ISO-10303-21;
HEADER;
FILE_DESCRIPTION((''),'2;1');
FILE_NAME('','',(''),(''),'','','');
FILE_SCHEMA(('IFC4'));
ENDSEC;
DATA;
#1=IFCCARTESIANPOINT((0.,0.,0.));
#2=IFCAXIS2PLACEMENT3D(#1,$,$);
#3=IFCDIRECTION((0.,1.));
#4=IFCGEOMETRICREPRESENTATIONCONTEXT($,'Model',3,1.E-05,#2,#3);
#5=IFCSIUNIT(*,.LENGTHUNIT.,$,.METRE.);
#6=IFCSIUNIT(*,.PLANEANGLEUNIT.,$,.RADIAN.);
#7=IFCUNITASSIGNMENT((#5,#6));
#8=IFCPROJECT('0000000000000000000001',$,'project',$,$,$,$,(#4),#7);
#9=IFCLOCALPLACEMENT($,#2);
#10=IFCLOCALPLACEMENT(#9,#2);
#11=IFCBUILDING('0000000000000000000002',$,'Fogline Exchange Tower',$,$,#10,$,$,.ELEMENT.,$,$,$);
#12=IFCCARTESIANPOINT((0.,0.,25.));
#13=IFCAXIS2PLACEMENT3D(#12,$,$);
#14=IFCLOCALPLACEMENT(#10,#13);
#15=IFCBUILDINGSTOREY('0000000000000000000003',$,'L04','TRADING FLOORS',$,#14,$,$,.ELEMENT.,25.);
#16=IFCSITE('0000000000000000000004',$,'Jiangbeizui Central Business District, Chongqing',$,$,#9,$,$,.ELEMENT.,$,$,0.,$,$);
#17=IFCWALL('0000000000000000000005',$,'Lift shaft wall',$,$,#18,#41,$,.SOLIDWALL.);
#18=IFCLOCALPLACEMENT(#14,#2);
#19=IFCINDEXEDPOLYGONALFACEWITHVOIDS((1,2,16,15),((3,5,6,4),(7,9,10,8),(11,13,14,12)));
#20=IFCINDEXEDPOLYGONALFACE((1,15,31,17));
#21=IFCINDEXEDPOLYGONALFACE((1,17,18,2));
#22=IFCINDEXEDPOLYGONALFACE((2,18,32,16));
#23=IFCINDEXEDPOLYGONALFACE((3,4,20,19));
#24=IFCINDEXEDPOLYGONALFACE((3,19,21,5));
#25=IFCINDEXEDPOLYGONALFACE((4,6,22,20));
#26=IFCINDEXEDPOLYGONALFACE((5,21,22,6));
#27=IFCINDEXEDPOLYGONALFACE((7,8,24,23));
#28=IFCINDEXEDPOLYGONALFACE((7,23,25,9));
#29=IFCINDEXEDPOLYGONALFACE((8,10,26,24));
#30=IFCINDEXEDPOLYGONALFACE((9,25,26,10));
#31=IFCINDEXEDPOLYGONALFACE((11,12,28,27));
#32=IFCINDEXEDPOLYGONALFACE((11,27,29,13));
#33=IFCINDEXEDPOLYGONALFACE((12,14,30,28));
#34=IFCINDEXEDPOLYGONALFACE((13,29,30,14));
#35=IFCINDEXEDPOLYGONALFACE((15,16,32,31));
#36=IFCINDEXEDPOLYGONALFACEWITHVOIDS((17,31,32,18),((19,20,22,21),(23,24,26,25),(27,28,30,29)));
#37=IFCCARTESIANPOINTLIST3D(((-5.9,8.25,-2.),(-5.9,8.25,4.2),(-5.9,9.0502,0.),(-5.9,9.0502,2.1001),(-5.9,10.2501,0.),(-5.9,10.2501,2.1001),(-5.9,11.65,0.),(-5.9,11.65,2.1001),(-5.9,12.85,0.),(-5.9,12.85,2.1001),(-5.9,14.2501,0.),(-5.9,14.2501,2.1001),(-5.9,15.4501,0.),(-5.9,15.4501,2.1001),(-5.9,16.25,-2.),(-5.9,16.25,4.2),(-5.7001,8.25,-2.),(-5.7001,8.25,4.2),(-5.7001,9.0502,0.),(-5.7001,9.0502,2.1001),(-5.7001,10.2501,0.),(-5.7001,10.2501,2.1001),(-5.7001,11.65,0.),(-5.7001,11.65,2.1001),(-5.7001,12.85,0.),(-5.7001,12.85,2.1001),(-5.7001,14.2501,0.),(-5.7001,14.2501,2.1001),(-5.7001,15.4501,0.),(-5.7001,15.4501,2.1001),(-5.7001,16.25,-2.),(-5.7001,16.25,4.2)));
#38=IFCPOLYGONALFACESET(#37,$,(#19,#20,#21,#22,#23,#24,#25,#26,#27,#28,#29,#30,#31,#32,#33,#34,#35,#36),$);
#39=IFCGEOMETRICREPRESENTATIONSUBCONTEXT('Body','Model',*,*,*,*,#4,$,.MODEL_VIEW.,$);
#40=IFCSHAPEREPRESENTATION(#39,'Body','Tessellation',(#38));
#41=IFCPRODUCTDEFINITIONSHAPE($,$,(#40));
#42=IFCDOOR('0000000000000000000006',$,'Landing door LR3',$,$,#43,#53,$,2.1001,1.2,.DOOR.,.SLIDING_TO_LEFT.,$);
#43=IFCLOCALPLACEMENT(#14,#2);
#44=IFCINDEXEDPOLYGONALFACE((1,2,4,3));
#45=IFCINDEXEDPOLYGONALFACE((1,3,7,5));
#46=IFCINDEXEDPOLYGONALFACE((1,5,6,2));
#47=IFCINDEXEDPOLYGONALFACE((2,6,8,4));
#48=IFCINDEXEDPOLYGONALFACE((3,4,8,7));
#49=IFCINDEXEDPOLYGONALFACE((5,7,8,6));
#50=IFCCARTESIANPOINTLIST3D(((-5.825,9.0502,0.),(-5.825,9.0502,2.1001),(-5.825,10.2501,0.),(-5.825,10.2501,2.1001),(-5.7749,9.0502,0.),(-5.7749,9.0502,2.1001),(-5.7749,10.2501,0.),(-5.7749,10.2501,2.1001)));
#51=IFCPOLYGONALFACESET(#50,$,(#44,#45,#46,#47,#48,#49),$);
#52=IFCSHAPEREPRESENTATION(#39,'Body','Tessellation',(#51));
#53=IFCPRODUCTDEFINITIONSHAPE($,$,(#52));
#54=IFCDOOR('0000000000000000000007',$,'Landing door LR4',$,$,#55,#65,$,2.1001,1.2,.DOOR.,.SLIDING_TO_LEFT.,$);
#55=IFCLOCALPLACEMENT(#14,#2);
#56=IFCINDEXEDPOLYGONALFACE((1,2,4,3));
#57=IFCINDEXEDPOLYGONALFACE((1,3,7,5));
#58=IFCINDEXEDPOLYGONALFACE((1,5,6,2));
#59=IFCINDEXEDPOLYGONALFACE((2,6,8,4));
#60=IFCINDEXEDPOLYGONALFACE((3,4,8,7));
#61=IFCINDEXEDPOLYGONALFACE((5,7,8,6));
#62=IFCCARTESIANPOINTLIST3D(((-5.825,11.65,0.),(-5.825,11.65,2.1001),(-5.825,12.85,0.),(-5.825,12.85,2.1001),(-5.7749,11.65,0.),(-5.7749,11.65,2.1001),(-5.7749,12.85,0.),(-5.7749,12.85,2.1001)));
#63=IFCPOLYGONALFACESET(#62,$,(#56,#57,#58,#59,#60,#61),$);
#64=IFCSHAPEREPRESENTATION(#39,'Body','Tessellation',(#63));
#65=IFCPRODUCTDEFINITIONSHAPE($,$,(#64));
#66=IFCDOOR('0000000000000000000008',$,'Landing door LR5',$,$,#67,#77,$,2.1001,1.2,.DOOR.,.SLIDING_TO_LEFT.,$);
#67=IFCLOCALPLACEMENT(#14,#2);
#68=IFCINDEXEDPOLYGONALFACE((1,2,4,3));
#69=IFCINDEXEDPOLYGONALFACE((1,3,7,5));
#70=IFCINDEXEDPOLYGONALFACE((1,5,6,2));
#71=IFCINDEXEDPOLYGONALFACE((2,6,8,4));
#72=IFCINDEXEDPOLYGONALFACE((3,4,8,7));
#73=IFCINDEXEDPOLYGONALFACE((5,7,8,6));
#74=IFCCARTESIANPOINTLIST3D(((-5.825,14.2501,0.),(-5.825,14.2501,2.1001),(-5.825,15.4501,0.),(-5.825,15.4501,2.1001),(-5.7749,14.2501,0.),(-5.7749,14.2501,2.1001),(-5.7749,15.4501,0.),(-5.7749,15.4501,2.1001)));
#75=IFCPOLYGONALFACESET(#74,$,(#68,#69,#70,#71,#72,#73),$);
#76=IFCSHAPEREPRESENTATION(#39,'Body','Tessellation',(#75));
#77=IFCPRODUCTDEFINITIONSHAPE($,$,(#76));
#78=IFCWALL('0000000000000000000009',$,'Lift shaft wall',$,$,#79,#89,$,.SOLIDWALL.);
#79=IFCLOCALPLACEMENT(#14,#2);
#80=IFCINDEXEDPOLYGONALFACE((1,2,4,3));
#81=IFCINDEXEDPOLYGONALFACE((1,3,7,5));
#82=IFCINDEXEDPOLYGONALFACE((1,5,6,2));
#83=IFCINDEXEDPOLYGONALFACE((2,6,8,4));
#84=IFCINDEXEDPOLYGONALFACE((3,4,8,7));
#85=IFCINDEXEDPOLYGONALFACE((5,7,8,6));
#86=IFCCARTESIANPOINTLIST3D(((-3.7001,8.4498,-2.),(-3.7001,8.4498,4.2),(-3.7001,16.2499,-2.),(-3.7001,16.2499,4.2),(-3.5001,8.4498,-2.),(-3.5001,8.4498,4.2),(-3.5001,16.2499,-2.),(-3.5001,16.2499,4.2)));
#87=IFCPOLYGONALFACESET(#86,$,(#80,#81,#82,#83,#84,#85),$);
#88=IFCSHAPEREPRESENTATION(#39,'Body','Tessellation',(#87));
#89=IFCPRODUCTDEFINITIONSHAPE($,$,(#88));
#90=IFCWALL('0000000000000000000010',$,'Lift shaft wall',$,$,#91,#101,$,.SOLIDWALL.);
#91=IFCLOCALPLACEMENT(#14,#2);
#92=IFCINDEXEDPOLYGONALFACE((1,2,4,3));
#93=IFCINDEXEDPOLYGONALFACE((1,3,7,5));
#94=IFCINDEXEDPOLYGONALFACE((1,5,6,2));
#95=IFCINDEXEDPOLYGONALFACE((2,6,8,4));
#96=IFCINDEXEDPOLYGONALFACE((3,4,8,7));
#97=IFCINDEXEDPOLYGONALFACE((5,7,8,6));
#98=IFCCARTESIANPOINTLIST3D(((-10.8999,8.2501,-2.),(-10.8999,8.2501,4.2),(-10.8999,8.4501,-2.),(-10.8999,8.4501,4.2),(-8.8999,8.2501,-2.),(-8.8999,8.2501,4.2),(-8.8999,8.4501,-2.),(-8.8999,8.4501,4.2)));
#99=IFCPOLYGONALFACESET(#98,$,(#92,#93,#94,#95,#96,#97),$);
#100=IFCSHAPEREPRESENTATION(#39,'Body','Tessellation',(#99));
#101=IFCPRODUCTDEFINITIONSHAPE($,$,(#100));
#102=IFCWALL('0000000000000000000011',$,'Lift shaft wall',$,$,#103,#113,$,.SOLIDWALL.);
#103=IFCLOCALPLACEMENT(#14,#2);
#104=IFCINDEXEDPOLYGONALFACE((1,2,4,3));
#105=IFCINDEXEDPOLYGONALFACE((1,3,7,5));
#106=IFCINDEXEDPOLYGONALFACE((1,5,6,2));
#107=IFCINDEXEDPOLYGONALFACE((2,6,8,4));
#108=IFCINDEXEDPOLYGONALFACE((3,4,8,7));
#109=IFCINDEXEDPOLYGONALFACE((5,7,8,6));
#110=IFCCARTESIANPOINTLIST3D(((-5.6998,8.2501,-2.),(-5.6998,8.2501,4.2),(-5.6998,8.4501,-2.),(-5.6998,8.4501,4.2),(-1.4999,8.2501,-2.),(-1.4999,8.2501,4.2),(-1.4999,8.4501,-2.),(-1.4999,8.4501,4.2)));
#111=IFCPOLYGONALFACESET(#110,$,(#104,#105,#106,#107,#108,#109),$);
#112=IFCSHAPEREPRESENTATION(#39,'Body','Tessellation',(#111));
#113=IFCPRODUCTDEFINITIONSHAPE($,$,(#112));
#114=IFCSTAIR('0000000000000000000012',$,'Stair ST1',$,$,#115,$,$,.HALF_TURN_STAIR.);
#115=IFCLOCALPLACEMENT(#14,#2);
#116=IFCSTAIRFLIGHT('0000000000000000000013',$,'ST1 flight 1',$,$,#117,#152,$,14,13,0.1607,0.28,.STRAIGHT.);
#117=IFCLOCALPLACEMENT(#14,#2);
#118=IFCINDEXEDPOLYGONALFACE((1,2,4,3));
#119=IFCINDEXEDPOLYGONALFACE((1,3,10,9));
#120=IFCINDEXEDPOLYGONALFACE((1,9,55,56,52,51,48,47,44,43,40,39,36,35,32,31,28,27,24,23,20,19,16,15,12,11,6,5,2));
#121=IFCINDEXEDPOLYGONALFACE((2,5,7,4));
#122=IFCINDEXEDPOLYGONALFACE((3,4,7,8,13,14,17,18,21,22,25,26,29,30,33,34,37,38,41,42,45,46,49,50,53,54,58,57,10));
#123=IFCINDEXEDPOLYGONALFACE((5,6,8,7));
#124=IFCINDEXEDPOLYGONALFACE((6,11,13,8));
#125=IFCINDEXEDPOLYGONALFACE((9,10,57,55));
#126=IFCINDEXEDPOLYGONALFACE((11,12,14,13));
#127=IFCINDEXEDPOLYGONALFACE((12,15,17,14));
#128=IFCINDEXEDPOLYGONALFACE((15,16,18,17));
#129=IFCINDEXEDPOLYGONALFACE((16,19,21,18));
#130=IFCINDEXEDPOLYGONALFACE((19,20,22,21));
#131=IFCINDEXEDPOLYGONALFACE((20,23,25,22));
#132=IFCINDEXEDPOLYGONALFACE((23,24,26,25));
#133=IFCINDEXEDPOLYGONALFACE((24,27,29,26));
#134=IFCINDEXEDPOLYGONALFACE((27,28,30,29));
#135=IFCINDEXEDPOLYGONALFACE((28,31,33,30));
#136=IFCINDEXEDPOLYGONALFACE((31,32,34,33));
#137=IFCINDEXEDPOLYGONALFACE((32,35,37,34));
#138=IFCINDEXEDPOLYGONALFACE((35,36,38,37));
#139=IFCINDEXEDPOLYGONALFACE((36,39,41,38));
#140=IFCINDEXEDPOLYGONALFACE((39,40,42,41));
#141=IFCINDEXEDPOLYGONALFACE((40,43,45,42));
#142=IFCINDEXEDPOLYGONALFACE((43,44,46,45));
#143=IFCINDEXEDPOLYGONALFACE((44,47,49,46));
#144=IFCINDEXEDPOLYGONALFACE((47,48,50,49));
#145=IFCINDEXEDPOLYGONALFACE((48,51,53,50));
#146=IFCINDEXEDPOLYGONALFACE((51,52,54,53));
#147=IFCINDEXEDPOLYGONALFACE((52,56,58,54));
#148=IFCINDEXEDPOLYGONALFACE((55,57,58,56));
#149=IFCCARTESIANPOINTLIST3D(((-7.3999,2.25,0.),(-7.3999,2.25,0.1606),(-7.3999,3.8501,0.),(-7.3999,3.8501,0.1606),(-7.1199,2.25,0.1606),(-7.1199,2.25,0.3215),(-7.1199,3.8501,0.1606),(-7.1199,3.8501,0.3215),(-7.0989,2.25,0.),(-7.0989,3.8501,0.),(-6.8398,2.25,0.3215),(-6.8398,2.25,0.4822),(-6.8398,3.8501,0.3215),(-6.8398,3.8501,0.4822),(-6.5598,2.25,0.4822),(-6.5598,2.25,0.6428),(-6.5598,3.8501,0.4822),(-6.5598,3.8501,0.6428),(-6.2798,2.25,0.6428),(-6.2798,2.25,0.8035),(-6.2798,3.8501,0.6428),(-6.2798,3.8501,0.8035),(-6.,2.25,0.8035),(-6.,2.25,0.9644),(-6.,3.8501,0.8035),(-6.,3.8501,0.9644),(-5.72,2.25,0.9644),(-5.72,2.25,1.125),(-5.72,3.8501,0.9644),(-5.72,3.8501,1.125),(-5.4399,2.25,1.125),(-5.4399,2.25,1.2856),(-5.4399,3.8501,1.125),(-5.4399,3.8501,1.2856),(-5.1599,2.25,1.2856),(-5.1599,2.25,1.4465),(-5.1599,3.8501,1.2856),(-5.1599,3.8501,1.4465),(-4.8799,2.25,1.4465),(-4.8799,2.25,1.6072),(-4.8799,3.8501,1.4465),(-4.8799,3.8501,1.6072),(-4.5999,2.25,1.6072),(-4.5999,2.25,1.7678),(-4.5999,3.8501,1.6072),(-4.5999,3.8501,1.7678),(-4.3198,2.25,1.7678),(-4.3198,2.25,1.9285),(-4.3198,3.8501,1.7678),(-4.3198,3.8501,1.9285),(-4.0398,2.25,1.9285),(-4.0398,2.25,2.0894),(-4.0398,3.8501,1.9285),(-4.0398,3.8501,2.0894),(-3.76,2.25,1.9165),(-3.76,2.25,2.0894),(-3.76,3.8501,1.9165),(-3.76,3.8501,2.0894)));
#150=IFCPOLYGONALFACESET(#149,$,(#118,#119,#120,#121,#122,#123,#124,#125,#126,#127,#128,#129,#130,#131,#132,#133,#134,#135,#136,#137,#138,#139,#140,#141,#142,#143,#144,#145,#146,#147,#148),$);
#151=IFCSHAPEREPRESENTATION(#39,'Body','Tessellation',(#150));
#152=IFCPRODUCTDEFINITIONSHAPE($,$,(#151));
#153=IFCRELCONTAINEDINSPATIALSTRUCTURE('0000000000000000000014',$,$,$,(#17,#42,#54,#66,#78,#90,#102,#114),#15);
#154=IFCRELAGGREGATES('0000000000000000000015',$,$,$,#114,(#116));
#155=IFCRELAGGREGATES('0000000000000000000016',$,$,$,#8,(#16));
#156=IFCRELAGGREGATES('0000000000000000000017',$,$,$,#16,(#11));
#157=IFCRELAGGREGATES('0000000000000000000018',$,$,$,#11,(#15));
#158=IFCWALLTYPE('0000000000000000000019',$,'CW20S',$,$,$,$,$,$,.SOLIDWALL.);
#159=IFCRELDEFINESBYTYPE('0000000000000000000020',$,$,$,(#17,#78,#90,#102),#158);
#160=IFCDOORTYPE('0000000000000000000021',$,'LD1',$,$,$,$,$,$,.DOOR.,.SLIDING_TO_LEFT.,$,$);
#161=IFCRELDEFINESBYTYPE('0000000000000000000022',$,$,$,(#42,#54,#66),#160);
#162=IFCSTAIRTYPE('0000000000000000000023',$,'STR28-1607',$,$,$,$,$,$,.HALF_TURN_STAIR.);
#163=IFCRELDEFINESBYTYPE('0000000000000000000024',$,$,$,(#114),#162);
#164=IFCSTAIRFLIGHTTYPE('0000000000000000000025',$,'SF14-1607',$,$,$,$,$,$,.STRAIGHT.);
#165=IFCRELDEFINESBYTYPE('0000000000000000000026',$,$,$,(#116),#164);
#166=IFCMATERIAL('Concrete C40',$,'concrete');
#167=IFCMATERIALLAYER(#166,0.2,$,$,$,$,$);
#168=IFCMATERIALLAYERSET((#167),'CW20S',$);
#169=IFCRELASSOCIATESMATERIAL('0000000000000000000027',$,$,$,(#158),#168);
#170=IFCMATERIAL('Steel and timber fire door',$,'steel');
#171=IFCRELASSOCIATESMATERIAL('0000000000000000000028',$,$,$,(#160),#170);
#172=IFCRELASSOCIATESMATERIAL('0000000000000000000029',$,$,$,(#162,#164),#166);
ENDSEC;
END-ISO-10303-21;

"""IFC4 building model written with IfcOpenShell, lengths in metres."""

from ifc_helpers import new_model, si_unit, direction, frame, frame_2d, origin, place, context, subcontext, project, spatial, polyline, rectangle, outline, extrude, material, layer, layer_set, type_object, element, fill, aggregate, save


model = new_model("IFC4")

# Units and contexts
model_context = context("Model", 3, precision=1e-05, world=origin(), true_north=direction((0.0, 1.0)))
body_context = subcontext(model_context, "Body", "Model", "MODEL_VIEW")
ifc_project = project(units=[si_unit("LENGTHUNIT", "METRE"), si_unit("PLANEANGLEUNIT", "RADIAN")], contexts=[model_context])

# Site, building, storey
site_placement = place(None, origin())
site = spatial("IfcSite", under=ifc_project, at=site_placement, Name="Jiangbeizui Central Business District, Chongqing", CompositionType="ELEMENT", RefElevation=0.0)
building_placement = place(site_placement, origin())
building = spatial("IfcBuilding", under=site, at=building_placement, Name="Fogline Exchange Tower", CompositionType="ELEMENT")
storey_placement = place(building_placement, frame((0.0, 0.0, 25.0)))
storey = spatial("IfcBuildingStorey", under=building, at=storey_placement, Name="L04", Description="TRADING FLOORS", CompositionType="ELEMENT", Elevation=25.0)

# Shared definitions
ifc_material_1 = material(Name="Steel and timber fire door", Category="steel")

# Shared definitions
ifc_material_2 = material(Name="Concrete C40", Category="concrete")

# Wall, openings, doors
ifc_layer_1 = layer(ifc_material_2, 0.2)
ifc_layer_set_1 = layer_set([ifc_layer_1], Name="CW20S")
wall_type_1 = type_object("IfcWallType", Name="CW20S", PredefinedType="SOLIDWALL", material=ifc_layer_set_1)
door_type_1 = type_object("IfcDoorType", Name="LD1", OperationType="SLIDING_TO_LEFT", PredefinedType="DOOR", material=ifc_material_1)
wall_1_placement = place(storey_placement, frame((-5.8, 8.25, -2.0), z_axis=(0.0, 0.0, 1.0), x_axis=(0.0, 1.0, 0.0)))
wall_1 = element("IfcWall", 1, at=wall_1_placement, inside=storey, type_object=wall_type_1, Name="Lift shaft wall", PredefinedType="SOLIDWALL", context=body_context, shape_type="SweptSolid", body=[
    extrude(rectangle(XDim=8.0, YDim=0.2, at=frame_2d((4.0, 0.0))), origin(), (0.0, 0.0, 1.0), 6.2),
])
opening_1_placement = place(wall_1_placement, frame((0.8, 0.0, 2.0)))
opening_1 = element("IfcOpeningElement", 2, at=opening_1_placement, cuts=wall_1, PredefinedType="OPENING", context=body_context, shape_type="SweptSolid", body=[
    extrude(rectangle(XDim=1.2, YDim=2.1001, at=frame_2d((0.6001, 1.05))), frame((0.0, 0.1099, 0.0), z_axis=(0.0, -1.0, 0.0), x_axis=(1.0, 0.0, 0.0)), (0.0, 0.0, 1.0), 0.22),
])
opening_2_placement = place(wall_1_placement, frame((3.3999, 0.0, 2.0)))
opening_2 = element("IfcOpeningElement", 3, at=opening_2_placement, cuts=wall_1, PredefinedType="OPENING", context=body_context, shape_type="SweptSolid", body=[
    extrude(rectangle(XDim=1.2, YDim=2.1001, at=frame_2d((0.6001, 1.05))), frame((0.0, 0.1099, 0.0), z_axis=(0.0, -1.0, 0.0), x_axis=(1.0, 0.0, 0.0)), (0.0, 0.0, 1.0), 0.22),
])
opening_3_placement = place(wall_1_placement, frame((6.0, 0.0, 2.0)))
opening_3 = element("IfcOpeningElement", 4, at=opening_3_placement, cuts=wall_1, PredefinedType="OPENING", context=body_context, shape_type="SweptSolid", body=[
    extrude(rectangle(XDim=1.2, YDim=2.1001, at=frame_2d((0.6001, 1.05))), frame((0.0, 0.1099, 0.0), z_axis=(0.0, -1.0, 0.0), x_axis=(1.0, 0.0, 0.0)), (0.0, 0.0, 1.0), 0.22),
])
door_1_placement = place(opening_1_placement, origin())
door_1 = element("IfcDoor", 5, at=door_1_placement, inside=storey, type_object=door_type_1, Name="Landing door LR3", OperationType="SLIDING_TO_LEFT", OverallHeight=2.1001, OverallWidth=1.2, PredefinedType="DOOR", context=body_context, shape_type="SweptSolid", body=[
    extrude(rectangle(XDim=1.2, YDim=2.1001, at=frame_2d((0.6001, 1.05))), frame((0.0, 0.0249, 0.0), z_axis=(0.0, -1.0, 0.0), x_axis=(1.0, 0.0, 0.0)), (0.0, 0.0, 1.0), 0.05),
])
fill(opening_1, door_1)
door_2_placement = place(opening_2_placement, origin())
door_2 = element("IfcDoor", 6, at=door_2_placement, inside=storey, type_object=door_type_1, Name="Landing door LR4", OperationType="SLIDING_TO_LEFT", OverallHeight=2.1001, OverallWidth=1.2, PredefinedType="DOOR", context=body_context, shape_type="SweptSolid", body=[
    extrude(rectangle(XDim=1.2, YDim=2.1001, at=frame_2d((0.6001, 1.05))), frame((0.0, 0.0249, 0.0), z_axis=(0.0, -1.0, 0.0), x_axis=(1.0, 0.0, 0.0)), (0.0, 0.0, 1.0), 0.05),
])
fill(opening_2, door_2)
door_3_placement = place(opening_3_placement, origin())
door_3 = element("IfcDoor", 7, at=door_3_placement, inside=storey, type_object=door_type_1, Name="Landing door LR5", OperationType="SLIDING_TO_LEFT", OverallHeight=2.1001, OverallWidth=1.2, PredefinedType="DOOR", context=body_context, shape_type="SweptSolid", body=[
    extrude(rectangle(XDim=1.2, YDim=2.1001, at=frame_2d((0.6001, 1.05))), frame((0.0, 0.0249, 0.0), z_axis=(0.0, -1.0, 0.0), x_axis=(1.0, 0.0, 0.0)), (0.0, 0.0, 1.0), 0.05),
])
fill(opening_3, door_3)

# Walls
wall_2_placement = place(storey_placement, frame((-3.6001, 8.45, -2.0), z_axis=(0.0, 0.0, 1.0), x_axis=(0.0, 1.0, 0.0)))
element("IfcWall", 8, at=wall_2_placement, inside=storey, type_object=wall_type_1, Name="Lift shaft wall", PredefinedType="SOLIDWALL", context=body_context, shape_type="SweptSolid", body=[
    extrude(rectangle(XDim=7.8, YDim=0.2, at=frame_2d((3.8999, 0.0))), origin(), (0.0, 0.0, 1.0), 6.2),
])
wall_3_placement = place(storey_placement, frame((-10.8999, 8.3501, -2.0), z_axis=(0.0, 0.0, 1.0), x_axis=(1.0, 0.0, 0.0)))
element("IfcWall", 9, at=wall_3_placement, inside=storey, type_object=wall_type_1, Name="Lift shaft wall", PredefinedType="SOLIDWALL", context=body_context, shape_type="SweptSolid", body=[
    extrude(rectangle(XDim=2.0, YDim=0.2, at=frame_2d((1.0, 0.0))), origin(), (0.0, 0.0, 1.0), 6.2),
])
wall_4_placement = place(storey_placement, frame((-5.7, 8.3501, -2.0), z_axis=(0.0, 0.0, 1.0), x_axis=(1.0, 0.0, 0.0)))
element("IfcWall", 10, at=wall_4_placement, inside=storey, type_object=wall_type_1, Name="Lift shaft wall", PredefinedType="SOLIDWALL", context=body_context, shape_type="SweptSolid", body=[
    extrude(rectangle(XDim=4.2, YDim=0.2, at=frame_2d((2.1001, 0.0))), origin(), (0.0, 0.0, 1.0), 6.2),
])

# Stair, stair flight
stair_type = type_object("IfcStairType", Name="STR28-1607", PredefinedType="HALF_TURN_STAIR", material=ifc_material_2)
stair_placement = place(storey_placement, origin())
stair = element("IfcStair", 11, at=stair_placement, inside=storey, type_object=stair_type, Name="Stair ST1", PredefinedType="HALF_TURN_STAIR")
stair_flight_type = type_object("IfcStairFlightType", Name="SF14-1607", PredefinedType="STRAIGHT", material=ifc_material_2)
stair_flight_1_placement = place(storey_placement, frame((-7.3999, 3.05, 0.0), z_axis=(0.0, 0.0, 1.0), x_axis=(1.0, 0.0, 0.0)))
stair_flight_1 = element("IfcStairFlight", 12, at=stair_flight_1_placement, type_object=stair_flight_type, Name="ST1 flight 1", NumberOfRisers=14, NumberOfTreads=13, PredefinedType="STRAIGHT", RiserHeight=0.1607, TreadLength=0.28, context=body_context, shape_type="SweptSolid", body=[
    extrude(outline(polyline([(0.0, 0.0), (0.0, 0.1606), (0.28, 0.1606), (0.28, 0.3215), (0.5601, 0.3215), (0.5601, 0.4822), (0.8401, 0.4822), (0.8401, 0.6428), (1.1201, 0.6428), (1.1201, 0.8035), (1.3999, 0.8035), (1.3999, 0.9644), (1.6799, 0.9644), (1.6799, 1.125), (1.96, 1.125), (1.96, 1.2856), (2.24, 1.2856), (2.24, 1.4465), (2.52, 1.4465), (2.52, 1.6072), (2.8, 1.6072), (2.8, 1.7678), (3.0801, 1.7678), (3.0801, 1.9285), (3.3601, 1.9285), (3.3601, 2.0894), (3.6399, 2.0894), (3.6399, 2.25), (3.6399, 1.9165), (0.301, 0.0), (0.0, 0.0)])), frame((0.0, 0.8, 0.0), z_axis=(0.0, -1.0, 0.0), x_axis=(1.0, 0.0, 0.0)), (0.0, 0.0, 1.0), 1.6001),
])
aggregate(stair, [stair_flight_1])

save(model, "model.ifc")
